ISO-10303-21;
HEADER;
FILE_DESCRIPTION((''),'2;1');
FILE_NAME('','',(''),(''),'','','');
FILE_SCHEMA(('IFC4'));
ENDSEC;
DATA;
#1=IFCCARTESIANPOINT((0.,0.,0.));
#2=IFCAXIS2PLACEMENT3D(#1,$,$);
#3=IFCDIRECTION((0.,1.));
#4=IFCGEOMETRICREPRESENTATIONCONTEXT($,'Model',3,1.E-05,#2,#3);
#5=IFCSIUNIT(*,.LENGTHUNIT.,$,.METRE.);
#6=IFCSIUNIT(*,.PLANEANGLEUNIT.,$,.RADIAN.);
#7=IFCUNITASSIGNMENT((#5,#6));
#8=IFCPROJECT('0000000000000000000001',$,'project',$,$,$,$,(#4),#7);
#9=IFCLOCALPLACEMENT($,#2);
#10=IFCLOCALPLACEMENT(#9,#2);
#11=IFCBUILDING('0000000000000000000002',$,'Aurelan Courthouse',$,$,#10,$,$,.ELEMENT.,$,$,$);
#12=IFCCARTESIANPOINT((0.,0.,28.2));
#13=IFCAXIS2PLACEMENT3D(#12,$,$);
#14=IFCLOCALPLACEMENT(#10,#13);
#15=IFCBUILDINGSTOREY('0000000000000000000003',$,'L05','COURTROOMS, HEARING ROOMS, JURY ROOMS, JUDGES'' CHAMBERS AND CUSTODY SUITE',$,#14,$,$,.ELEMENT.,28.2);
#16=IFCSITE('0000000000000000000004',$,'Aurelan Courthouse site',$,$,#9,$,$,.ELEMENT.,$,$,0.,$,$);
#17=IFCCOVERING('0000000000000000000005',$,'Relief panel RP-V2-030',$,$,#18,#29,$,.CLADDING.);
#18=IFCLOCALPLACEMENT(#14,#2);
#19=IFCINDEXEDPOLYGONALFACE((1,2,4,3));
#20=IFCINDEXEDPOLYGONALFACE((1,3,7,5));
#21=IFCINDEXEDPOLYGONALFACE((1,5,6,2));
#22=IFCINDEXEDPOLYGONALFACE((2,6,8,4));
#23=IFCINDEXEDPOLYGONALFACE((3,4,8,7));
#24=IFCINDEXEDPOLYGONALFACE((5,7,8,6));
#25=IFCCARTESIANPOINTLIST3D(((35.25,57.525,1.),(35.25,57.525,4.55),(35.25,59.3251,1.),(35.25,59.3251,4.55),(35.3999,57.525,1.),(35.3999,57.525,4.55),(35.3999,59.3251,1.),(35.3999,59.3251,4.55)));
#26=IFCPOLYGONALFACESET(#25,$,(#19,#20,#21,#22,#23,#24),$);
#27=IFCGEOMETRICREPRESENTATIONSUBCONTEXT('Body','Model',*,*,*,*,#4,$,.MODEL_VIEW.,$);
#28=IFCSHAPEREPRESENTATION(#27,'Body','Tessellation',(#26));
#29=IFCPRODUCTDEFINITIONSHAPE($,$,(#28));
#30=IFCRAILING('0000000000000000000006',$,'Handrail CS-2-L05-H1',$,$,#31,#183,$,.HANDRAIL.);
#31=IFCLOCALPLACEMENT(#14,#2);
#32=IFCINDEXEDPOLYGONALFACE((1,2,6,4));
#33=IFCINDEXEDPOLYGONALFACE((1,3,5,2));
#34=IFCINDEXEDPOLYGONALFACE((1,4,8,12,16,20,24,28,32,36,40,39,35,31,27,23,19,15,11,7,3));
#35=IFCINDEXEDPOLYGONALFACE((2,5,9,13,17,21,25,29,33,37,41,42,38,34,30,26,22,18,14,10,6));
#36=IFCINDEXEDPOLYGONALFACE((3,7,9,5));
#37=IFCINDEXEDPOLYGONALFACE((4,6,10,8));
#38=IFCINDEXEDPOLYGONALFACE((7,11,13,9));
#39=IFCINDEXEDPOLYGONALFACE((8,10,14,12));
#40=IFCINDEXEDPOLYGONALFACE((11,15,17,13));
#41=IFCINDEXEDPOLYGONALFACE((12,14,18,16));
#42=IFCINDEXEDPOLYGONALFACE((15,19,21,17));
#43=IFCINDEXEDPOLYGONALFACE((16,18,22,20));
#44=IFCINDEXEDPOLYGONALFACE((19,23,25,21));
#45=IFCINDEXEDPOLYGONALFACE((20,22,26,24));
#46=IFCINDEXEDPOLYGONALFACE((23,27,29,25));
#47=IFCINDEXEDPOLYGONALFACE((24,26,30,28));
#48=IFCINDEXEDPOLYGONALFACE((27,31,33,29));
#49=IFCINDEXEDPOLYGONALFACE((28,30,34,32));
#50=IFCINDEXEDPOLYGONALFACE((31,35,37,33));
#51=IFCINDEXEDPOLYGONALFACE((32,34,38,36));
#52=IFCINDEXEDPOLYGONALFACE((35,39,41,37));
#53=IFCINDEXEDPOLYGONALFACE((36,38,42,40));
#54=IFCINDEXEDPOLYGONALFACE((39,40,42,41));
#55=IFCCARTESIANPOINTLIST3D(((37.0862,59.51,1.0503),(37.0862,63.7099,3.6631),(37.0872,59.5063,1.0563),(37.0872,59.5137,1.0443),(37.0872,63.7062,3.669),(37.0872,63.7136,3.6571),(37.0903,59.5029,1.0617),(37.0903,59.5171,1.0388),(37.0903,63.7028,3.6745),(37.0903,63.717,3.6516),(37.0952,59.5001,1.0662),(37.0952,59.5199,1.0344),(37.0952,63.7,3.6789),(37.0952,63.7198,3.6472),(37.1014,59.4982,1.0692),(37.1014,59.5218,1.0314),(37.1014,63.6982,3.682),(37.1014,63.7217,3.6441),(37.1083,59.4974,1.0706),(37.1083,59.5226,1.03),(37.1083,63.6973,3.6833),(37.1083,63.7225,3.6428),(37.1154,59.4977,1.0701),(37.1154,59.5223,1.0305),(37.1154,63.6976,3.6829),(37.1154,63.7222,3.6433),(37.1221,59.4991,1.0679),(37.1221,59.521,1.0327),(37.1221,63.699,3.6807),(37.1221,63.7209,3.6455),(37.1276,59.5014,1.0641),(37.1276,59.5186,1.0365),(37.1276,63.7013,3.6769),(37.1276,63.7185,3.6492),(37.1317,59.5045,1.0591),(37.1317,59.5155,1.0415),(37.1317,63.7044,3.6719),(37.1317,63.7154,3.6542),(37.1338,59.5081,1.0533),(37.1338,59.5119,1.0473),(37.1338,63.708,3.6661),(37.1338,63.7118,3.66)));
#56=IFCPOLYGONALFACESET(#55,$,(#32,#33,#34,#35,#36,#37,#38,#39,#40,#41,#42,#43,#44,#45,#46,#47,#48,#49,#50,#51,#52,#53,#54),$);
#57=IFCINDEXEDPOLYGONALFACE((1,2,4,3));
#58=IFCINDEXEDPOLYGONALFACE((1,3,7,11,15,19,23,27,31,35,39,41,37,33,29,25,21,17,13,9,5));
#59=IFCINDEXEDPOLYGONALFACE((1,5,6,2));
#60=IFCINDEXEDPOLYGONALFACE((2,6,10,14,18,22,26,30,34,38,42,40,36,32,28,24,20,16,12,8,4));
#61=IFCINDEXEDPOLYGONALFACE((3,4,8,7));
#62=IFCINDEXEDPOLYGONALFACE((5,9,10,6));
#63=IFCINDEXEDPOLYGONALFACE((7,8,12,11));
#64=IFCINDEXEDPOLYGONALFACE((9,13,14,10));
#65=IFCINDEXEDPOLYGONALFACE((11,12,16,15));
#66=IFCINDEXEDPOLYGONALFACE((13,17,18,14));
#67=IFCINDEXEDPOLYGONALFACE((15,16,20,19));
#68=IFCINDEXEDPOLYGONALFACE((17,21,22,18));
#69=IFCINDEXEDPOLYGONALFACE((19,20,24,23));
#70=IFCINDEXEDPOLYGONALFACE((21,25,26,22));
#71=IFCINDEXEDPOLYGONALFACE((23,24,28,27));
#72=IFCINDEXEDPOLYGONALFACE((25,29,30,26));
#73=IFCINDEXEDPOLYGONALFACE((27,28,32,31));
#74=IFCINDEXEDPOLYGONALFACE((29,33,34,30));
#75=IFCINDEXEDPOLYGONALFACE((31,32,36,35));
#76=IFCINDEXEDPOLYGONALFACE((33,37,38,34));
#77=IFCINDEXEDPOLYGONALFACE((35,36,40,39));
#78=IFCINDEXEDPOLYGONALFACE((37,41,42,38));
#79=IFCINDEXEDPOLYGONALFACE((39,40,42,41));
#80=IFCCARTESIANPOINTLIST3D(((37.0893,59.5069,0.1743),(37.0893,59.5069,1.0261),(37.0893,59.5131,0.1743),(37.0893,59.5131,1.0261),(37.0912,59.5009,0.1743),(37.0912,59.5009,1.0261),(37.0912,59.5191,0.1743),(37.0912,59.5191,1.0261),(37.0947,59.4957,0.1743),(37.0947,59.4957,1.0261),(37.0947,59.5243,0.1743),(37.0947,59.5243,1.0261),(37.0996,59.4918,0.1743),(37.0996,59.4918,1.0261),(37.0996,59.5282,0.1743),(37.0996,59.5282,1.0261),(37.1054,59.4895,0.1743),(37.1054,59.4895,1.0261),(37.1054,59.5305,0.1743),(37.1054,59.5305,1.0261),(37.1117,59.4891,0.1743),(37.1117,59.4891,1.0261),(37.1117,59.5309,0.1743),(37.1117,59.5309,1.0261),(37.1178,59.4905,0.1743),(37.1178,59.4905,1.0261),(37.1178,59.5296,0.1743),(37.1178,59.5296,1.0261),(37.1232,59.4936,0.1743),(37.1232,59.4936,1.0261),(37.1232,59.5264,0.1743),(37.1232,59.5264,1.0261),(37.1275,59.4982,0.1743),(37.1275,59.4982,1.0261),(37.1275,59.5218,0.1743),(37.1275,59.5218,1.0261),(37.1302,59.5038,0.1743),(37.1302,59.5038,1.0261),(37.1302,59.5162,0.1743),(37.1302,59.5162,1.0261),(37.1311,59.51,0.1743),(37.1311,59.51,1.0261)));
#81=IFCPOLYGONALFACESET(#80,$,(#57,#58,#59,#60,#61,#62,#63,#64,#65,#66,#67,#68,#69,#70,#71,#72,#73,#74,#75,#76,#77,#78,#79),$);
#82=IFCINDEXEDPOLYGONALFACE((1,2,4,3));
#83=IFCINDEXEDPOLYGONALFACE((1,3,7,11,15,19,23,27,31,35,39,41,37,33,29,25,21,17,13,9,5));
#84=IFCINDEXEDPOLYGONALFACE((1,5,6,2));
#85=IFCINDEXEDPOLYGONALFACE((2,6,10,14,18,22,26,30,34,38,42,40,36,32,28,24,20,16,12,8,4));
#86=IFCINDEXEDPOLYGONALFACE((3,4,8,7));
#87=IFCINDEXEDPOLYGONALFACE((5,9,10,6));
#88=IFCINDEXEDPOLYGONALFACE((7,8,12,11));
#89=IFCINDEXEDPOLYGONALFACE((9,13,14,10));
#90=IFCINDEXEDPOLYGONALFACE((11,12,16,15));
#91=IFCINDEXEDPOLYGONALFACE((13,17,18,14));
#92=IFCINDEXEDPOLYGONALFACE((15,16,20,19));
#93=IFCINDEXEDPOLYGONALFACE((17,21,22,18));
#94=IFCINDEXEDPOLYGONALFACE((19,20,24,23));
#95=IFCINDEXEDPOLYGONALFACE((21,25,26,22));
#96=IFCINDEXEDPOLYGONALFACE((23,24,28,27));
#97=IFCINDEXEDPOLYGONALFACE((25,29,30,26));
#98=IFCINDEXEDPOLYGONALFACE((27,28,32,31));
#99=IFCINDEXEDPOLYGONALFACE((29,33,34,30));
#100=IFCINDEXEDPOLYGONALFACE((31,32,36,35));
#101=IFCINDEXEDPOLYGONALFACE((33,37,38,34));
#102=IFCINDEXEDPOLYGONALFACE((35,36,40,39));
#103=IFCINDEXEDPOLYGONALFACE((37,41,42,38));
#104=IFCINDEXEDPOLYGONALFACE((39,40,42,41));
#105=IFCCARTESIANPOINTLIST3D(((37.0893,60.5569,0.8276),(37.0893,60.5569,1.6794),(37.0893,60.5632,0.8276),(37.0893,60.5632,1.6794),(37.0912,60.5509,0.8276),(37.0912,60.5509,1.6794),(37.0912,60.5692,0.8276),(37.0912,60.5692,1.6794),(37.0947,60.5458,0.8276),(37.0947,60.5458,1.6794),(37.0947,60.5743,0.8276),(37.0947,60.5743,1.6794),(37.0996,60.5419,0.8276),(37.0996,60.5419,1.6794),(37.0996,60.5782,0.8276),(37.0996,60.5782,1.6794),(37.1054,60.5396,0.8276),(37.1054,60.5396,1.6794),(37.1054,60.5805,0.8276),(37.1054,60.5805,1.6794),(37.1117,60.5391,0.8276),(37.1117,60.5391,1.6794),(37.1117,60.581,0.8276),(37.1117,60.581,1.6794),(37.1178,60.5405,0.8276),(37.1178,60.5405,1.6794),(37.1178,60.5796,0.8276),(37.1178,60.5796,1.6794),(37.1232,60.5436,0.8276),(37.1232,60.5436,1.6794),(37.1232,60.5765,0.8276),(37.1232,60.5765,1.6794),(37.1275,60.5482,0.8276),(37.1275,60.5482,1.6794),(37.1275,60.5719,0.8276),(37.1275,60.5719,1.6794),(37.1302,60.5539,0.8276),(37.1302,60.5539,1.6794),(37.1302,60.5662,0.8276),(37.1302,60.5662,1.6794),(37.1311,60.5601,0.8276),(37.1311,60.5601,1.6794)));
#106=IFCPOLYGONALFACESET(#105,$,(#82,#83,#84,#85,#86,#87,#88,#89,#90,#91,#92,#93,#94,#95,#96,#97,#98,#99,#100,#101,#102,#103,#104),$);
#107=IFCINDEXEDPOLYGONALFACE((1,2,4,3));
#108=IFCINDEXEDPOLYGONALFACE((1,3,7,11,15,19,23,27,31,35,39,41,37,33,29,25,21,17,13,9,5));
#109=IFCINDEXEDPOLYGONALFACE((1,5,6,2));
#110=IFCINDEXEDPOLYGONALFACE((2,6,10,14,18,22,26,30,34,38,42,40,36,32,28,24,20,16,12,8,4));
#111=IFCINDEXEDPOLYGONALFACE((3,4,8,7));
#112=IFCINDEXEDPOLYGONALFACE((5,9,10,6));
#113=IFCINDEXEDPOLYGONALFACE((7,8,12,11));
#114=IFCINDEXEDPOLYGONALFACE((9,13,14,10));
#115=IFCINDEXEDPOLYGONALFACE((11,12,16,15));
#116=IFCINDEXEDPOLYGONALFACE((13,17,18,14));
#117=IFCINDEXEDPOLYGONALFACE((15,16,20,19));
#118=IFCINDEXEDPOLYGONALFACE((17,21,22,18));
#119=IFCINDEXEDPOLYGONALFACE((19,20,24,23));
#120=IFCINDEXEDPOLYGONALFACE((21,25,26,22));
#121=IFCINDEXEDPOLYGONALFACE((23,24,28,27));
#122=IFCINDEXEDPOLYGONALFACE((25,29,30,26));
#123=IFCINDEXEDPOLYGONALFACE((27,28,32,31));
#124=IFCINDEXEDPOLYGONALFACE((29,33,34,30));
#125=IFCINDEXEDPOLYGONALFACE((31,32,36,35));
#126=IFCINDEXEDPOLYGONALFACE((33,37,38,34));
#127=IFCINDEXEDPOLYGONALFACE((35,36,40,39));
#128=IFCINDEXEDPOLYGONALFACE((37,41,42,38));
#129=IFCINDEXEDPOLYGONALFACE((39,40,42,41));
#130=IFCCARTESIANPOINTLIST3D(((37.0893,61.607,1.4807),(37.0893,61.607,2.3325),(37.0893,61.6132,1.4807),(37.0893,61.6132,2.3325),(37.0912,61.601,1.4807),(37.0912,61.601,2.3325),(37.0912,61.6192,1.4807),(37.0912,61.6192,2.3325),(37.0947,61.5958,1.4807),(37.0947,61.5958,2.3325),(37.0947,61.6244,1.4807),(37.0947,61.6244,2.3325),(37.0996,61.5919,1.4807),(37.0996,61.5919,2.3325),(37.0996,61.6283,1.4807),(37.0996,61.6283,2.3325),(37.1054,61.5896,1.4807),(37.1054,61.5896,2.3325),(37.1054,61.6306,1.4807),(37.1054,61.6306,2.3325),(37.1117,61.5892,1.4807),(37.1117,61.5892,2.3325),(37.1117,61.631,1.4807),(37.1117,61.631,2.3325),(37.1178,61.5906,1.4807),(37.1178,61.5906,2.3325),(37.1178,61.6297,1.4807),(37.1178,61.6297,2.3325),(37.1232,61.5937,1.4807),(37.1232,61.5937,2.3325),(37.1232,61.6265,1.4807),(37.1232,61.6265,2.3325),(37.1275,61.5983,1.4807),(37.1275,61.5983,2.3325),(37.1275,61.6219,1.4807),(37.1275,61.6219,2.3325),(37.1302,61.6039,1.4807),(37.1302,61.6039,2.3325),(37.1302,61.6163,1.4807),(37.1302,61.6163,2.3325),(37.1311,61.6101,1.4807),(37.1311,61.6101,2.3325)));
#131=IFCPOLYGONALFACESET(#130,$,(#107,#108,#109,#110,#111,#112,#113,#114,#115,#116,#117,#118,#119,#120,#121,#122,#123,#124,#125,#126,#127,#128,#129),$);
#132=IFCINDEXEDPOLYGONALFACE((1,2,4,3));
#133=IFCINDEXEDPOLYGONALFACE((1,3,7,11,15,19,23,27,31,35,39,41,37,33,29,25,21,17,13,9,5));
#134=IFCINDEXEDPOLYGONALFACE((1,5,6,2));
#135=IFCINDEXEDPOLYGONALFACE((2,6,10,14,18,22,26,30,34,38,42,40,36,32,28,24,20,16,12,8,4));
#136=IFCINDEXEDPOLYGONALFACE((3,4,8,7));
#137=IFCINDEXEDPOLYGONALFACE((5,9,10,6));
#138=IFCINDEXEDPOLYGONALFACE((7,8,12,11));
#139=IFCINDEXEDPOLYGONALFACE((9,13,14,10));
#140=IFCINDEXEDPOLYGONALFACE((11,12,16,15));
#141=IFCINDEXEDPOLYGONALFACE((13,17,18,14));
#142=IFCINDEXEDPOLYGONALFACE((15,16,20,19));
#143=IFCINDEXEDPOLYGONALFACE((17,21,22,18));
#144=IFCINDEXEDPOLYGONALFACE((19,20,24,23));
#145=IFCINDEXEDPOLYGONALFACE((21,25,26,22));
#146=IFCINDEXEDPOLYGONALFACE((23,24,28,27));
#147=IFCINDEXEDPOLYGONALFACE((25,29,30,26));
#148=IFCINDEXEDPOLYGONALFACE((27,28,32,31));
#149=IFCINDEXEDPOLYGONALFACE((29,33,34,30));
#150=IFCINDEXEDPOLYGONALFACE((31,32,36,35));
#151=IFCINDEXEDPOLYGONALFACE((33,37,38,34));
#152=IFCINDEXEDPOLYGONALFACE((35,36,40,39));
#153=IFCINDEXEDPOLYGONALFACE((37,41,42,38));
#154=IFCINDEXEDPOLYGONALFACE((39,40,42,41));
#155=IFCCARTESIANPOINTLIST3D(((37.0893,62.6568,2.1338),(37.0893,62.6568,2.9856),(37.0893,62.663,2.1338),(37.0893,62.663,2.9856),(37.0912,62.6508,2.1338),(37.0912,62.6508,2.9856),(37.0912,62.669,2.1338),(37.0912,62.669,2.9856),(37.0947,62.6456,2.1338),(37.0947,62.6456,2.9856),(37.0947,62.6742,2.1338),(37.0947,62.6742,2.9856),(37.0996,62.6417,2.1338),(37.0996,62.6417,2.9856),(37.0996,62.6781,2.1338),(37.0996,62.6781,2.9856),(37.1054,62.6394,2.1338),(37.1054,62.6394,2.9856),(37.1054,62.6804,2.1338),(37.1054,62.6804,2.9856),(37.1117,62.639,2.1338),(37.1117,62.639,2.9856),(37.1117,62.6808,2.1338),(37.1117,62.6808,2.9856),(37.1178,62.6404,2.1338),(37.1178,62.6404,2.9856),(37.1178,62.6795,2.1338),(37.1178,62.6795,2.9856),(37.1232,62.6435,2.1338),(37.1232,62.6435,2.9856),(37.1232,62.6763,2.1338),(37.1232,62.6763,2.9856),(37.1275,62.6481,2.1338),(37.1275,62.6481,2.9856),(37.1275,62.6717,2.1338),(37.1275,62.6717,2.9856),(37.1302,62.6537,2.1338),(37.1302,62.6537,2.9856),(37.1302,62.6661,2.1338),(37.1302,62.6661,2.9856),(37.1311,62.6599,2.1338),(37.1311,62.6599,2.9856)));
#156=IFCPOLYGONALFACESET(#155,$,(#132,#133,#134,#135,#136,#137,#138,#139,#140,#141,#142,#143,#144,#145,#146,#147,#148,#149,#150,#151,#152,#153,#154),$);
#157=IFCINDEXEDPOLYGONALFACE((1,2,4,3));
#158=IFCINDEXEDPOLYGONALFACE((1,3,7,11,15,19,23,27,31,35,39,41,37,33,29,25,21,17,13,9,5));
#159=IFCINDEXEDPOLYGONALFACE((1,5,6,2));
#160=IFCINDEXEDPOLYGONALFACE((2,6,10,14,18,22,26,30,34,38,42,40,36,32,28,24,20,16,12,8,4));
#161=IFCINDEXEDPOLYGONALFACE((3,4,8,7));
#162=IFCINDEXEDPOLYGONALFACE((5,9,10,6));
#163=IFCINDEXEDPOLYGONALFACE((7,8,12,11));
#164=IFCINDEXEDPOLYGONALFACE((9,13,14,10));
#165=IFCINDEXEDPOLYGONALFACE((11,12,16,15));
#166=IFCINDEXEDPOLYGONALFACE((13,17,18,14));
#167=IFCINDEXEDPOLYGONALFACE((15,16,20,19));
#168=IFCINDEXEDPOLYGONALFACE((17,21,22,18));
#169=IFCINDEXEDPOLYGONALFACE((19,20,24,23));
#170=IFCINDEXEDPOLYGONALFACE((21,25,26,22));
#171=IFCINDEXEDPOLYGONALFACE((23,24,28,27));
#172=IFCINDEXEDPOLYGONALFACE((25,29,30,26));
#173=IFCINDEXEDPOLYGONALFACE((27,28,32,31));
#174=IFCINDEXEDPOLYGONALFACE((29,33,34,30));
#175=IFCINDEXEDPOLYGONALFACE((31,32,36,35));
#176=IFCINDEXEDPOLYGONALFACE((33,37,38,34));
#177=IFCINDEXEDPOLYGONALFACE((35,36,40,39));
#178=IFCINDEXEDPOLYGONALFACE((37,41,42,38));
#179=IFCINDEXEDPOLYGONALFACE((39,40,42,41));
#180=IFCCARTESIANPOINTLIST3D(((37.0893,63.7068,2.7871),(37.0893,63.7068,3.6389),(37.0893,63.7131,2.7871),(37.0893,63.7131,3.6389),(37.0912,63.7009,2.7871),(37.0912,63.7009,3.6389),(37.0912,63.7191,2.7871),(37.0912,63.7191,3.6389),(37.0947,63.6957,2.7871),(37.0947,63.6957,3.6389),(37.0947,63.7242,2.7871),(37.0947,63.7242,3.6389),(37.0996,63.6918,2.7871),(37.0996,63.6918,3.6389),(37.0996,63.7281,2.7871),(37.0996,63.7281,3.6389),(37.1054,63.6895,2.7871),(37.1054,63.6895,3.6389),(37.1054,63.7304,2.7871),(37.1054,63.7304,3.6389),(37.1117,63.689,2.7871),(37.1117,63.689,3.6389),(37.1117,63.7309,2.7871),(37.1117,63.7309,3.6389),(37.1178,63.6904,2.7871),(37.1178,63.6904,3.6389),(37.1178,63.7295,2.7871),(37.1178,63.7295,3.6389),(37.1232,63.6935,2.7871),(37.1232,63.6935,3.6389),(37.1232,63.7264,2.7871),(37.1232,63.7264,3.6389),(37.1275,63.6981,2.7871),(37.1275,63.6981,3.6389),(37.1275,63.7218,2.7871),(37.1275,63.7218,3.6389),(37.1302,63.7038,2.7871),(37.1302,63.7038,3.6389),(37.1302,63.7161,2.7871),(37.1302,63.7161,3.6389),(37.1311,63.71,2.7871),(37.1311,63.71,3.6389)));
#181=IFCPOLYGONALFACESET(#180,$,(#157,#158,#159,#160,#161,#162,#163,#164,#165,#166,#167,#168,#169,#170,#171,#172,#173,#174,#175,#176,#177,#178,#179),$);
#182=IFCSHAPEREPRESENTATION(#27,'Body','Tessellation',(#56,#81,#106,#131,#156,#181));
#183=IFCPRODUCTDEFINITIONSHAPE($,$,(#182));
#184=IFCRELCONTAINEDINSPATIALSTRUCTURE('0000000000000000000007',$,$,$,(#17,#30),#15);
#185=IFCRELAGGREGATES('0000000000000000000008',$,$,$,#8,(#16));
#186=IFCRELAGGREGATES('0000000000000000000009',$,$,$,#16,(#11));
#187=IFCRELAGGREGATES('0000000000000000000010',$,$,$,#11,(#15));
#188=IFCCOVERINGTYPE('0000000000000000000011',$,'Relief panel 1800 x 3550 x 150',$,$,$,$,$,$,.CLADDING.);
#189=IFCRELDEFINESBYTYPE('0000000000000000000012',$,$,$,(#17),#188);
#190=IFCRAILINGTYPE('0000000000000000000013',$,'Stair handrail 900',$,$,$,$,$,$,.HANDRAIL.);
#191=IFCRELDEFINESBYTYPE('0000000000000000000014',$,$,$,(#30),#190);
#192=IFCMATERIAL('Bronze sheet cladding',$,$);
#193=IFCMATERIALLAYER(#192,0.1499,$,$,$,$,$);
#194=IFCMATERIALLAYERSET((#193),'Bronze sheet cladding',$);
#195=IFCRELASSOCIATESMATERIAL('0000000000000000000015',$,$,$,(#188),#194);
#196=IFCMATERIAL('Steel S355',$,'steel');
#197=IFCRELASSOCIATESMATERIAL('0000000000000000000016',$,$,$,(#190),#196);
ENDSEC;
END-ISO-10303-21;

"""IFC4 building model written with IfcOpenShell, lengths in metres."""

from ifc_helpers import new_model, si_unit, direction, frame, origin, origin_2d, place, context, subcontext, project, spatial, rectangle, circle, extrude, material, layer, layer_set, type_object, element, save


model = new_model("IFC4")

# Units and contexts
model_context = context("Model", 3, precision=1e-05, world=origin(), true_north=direction((0.0, 1.0)))
body_context = subcontext(model_context, "Body", "Model", "MODEL_VIEW")
ifc_project = project(units=[si_unit("LENGTHUNIT", "METRE"), si_unit("PLANEANGLEUNIT", "RADIAN")], contexts=[model_context])

# Site, building, storey
site_placement = place(None, origin())
site = spatial("IfcSite", under=ifc_project, at=site_placement, Name="Aurelan Courthouse site", CompositionType="ELEMENT", RefElevation=0.0)
building_placement = place(site_placement, origin())
building = spatial("IfcBuilding", under=site, at=building_placement, Name="Aurelan Courthouse", CompositionType="ELEMENT")
storey_placement = place(building_placement, frame((0.0, 0.0, 28.2)))
storey = spatial("IfcBuildingStorey", under=building, at=storey_placement, Name="L05", Description="COURTROOMS, HEARING ROOMS, JURY ROOMS, JUDGES' CHAMBERS AND CUSTODY SUITE", CompositionType="ELEMENT", Elevation=28.2)

# Covering
ifc_material_1 = material(Name="Bronze sheet cladding")
ifc_layer_1 = layer(ifc_material_1, 0.1499)
ifc_layer_set_1 = layer_set([ifc_layer_1], Name="Bronze sheet cladding")
covering_type = type_object("IfcCoveringType", Name="Relief panel 1800 x 3550 x 150", PredefinedType="CLADDING", material=ifc_layer_set_1)
covering_placement = place(storey_placement, frame((35.325, 58.425, 1.0), z_axis=(0.0, 0.0, 1.0), x_axis=(1.0, 0.0, 0.0)))
element("IfcCovering", 1, at=covering_placement, inside=storey, type_object=covering_type, Name="Relief panel RP-V2-030", PredefinedType="CLADDING", context=body_context, shape_type="SweptSolid", body=[
    extrude(rectangle(XDim=0.1499, YDim=1.8, at=origin_2d()), origin(), (0.0, 0.0, 1.0), 3.55),
])

# Railing
ifc_material_2 = material(Name="Steel S355", Category="steel")
railing_type = type_object("IfcRailingType", Name="Stair handrail 900", PredefinedType="HANDRAIL", material=ifc_material_2)
for number, where, name in (
    (2, (37.1101, 59.51, 0.1743), "Handrail CS-2-L05-H1"),
):
    element("IfcRailing", number, at=place(storey_placement, frame(where)), inside=storey, type_object=railing_type, Name=name, PredefinedType="HANDRAIL", context=body_context, shape_type="SweptSolid", body=[
        extrude(circle(Radius=0.0239, at=origin_2d()), frame((0.0, 0.0, 0.876), z_axis=(0.0, 0.849103, 0.528228), x_axis=(-1.0, 0.0, 0.0)), (0.0, 0.0, 1.0), 4.9463),
        extrude(circle(Radius=0.021, at=origin_2d()), origin(), (0.0, 0.0, 1.0), 0.8518),
        extrude(circle(Radius=0.021, at=origin_2d()), frame((0.0, 1.05, 0.6533)), (0.0, 0.0, 1.0), 0.8518),
        extrude(circle(Radius=0.021, at=origin_2d()), frame((0.0, 2.1001, 1.3064)), (0.0, 0.0, 1.0), 0.8518),
        extrude(circle(Radius=0.021, at=origin_2d()), frame((0.0, 3.1499, 1.9595)), (0.0, 0.0, 1.0), 0.8518),
        extrude(circle(Radius=0.021, at=origin_2d()), frame((0.0, 4.2, 2.6128)), (0.0, 0.0, 1.0), 0.8518),
    ])

save(model, "model.ifc")
